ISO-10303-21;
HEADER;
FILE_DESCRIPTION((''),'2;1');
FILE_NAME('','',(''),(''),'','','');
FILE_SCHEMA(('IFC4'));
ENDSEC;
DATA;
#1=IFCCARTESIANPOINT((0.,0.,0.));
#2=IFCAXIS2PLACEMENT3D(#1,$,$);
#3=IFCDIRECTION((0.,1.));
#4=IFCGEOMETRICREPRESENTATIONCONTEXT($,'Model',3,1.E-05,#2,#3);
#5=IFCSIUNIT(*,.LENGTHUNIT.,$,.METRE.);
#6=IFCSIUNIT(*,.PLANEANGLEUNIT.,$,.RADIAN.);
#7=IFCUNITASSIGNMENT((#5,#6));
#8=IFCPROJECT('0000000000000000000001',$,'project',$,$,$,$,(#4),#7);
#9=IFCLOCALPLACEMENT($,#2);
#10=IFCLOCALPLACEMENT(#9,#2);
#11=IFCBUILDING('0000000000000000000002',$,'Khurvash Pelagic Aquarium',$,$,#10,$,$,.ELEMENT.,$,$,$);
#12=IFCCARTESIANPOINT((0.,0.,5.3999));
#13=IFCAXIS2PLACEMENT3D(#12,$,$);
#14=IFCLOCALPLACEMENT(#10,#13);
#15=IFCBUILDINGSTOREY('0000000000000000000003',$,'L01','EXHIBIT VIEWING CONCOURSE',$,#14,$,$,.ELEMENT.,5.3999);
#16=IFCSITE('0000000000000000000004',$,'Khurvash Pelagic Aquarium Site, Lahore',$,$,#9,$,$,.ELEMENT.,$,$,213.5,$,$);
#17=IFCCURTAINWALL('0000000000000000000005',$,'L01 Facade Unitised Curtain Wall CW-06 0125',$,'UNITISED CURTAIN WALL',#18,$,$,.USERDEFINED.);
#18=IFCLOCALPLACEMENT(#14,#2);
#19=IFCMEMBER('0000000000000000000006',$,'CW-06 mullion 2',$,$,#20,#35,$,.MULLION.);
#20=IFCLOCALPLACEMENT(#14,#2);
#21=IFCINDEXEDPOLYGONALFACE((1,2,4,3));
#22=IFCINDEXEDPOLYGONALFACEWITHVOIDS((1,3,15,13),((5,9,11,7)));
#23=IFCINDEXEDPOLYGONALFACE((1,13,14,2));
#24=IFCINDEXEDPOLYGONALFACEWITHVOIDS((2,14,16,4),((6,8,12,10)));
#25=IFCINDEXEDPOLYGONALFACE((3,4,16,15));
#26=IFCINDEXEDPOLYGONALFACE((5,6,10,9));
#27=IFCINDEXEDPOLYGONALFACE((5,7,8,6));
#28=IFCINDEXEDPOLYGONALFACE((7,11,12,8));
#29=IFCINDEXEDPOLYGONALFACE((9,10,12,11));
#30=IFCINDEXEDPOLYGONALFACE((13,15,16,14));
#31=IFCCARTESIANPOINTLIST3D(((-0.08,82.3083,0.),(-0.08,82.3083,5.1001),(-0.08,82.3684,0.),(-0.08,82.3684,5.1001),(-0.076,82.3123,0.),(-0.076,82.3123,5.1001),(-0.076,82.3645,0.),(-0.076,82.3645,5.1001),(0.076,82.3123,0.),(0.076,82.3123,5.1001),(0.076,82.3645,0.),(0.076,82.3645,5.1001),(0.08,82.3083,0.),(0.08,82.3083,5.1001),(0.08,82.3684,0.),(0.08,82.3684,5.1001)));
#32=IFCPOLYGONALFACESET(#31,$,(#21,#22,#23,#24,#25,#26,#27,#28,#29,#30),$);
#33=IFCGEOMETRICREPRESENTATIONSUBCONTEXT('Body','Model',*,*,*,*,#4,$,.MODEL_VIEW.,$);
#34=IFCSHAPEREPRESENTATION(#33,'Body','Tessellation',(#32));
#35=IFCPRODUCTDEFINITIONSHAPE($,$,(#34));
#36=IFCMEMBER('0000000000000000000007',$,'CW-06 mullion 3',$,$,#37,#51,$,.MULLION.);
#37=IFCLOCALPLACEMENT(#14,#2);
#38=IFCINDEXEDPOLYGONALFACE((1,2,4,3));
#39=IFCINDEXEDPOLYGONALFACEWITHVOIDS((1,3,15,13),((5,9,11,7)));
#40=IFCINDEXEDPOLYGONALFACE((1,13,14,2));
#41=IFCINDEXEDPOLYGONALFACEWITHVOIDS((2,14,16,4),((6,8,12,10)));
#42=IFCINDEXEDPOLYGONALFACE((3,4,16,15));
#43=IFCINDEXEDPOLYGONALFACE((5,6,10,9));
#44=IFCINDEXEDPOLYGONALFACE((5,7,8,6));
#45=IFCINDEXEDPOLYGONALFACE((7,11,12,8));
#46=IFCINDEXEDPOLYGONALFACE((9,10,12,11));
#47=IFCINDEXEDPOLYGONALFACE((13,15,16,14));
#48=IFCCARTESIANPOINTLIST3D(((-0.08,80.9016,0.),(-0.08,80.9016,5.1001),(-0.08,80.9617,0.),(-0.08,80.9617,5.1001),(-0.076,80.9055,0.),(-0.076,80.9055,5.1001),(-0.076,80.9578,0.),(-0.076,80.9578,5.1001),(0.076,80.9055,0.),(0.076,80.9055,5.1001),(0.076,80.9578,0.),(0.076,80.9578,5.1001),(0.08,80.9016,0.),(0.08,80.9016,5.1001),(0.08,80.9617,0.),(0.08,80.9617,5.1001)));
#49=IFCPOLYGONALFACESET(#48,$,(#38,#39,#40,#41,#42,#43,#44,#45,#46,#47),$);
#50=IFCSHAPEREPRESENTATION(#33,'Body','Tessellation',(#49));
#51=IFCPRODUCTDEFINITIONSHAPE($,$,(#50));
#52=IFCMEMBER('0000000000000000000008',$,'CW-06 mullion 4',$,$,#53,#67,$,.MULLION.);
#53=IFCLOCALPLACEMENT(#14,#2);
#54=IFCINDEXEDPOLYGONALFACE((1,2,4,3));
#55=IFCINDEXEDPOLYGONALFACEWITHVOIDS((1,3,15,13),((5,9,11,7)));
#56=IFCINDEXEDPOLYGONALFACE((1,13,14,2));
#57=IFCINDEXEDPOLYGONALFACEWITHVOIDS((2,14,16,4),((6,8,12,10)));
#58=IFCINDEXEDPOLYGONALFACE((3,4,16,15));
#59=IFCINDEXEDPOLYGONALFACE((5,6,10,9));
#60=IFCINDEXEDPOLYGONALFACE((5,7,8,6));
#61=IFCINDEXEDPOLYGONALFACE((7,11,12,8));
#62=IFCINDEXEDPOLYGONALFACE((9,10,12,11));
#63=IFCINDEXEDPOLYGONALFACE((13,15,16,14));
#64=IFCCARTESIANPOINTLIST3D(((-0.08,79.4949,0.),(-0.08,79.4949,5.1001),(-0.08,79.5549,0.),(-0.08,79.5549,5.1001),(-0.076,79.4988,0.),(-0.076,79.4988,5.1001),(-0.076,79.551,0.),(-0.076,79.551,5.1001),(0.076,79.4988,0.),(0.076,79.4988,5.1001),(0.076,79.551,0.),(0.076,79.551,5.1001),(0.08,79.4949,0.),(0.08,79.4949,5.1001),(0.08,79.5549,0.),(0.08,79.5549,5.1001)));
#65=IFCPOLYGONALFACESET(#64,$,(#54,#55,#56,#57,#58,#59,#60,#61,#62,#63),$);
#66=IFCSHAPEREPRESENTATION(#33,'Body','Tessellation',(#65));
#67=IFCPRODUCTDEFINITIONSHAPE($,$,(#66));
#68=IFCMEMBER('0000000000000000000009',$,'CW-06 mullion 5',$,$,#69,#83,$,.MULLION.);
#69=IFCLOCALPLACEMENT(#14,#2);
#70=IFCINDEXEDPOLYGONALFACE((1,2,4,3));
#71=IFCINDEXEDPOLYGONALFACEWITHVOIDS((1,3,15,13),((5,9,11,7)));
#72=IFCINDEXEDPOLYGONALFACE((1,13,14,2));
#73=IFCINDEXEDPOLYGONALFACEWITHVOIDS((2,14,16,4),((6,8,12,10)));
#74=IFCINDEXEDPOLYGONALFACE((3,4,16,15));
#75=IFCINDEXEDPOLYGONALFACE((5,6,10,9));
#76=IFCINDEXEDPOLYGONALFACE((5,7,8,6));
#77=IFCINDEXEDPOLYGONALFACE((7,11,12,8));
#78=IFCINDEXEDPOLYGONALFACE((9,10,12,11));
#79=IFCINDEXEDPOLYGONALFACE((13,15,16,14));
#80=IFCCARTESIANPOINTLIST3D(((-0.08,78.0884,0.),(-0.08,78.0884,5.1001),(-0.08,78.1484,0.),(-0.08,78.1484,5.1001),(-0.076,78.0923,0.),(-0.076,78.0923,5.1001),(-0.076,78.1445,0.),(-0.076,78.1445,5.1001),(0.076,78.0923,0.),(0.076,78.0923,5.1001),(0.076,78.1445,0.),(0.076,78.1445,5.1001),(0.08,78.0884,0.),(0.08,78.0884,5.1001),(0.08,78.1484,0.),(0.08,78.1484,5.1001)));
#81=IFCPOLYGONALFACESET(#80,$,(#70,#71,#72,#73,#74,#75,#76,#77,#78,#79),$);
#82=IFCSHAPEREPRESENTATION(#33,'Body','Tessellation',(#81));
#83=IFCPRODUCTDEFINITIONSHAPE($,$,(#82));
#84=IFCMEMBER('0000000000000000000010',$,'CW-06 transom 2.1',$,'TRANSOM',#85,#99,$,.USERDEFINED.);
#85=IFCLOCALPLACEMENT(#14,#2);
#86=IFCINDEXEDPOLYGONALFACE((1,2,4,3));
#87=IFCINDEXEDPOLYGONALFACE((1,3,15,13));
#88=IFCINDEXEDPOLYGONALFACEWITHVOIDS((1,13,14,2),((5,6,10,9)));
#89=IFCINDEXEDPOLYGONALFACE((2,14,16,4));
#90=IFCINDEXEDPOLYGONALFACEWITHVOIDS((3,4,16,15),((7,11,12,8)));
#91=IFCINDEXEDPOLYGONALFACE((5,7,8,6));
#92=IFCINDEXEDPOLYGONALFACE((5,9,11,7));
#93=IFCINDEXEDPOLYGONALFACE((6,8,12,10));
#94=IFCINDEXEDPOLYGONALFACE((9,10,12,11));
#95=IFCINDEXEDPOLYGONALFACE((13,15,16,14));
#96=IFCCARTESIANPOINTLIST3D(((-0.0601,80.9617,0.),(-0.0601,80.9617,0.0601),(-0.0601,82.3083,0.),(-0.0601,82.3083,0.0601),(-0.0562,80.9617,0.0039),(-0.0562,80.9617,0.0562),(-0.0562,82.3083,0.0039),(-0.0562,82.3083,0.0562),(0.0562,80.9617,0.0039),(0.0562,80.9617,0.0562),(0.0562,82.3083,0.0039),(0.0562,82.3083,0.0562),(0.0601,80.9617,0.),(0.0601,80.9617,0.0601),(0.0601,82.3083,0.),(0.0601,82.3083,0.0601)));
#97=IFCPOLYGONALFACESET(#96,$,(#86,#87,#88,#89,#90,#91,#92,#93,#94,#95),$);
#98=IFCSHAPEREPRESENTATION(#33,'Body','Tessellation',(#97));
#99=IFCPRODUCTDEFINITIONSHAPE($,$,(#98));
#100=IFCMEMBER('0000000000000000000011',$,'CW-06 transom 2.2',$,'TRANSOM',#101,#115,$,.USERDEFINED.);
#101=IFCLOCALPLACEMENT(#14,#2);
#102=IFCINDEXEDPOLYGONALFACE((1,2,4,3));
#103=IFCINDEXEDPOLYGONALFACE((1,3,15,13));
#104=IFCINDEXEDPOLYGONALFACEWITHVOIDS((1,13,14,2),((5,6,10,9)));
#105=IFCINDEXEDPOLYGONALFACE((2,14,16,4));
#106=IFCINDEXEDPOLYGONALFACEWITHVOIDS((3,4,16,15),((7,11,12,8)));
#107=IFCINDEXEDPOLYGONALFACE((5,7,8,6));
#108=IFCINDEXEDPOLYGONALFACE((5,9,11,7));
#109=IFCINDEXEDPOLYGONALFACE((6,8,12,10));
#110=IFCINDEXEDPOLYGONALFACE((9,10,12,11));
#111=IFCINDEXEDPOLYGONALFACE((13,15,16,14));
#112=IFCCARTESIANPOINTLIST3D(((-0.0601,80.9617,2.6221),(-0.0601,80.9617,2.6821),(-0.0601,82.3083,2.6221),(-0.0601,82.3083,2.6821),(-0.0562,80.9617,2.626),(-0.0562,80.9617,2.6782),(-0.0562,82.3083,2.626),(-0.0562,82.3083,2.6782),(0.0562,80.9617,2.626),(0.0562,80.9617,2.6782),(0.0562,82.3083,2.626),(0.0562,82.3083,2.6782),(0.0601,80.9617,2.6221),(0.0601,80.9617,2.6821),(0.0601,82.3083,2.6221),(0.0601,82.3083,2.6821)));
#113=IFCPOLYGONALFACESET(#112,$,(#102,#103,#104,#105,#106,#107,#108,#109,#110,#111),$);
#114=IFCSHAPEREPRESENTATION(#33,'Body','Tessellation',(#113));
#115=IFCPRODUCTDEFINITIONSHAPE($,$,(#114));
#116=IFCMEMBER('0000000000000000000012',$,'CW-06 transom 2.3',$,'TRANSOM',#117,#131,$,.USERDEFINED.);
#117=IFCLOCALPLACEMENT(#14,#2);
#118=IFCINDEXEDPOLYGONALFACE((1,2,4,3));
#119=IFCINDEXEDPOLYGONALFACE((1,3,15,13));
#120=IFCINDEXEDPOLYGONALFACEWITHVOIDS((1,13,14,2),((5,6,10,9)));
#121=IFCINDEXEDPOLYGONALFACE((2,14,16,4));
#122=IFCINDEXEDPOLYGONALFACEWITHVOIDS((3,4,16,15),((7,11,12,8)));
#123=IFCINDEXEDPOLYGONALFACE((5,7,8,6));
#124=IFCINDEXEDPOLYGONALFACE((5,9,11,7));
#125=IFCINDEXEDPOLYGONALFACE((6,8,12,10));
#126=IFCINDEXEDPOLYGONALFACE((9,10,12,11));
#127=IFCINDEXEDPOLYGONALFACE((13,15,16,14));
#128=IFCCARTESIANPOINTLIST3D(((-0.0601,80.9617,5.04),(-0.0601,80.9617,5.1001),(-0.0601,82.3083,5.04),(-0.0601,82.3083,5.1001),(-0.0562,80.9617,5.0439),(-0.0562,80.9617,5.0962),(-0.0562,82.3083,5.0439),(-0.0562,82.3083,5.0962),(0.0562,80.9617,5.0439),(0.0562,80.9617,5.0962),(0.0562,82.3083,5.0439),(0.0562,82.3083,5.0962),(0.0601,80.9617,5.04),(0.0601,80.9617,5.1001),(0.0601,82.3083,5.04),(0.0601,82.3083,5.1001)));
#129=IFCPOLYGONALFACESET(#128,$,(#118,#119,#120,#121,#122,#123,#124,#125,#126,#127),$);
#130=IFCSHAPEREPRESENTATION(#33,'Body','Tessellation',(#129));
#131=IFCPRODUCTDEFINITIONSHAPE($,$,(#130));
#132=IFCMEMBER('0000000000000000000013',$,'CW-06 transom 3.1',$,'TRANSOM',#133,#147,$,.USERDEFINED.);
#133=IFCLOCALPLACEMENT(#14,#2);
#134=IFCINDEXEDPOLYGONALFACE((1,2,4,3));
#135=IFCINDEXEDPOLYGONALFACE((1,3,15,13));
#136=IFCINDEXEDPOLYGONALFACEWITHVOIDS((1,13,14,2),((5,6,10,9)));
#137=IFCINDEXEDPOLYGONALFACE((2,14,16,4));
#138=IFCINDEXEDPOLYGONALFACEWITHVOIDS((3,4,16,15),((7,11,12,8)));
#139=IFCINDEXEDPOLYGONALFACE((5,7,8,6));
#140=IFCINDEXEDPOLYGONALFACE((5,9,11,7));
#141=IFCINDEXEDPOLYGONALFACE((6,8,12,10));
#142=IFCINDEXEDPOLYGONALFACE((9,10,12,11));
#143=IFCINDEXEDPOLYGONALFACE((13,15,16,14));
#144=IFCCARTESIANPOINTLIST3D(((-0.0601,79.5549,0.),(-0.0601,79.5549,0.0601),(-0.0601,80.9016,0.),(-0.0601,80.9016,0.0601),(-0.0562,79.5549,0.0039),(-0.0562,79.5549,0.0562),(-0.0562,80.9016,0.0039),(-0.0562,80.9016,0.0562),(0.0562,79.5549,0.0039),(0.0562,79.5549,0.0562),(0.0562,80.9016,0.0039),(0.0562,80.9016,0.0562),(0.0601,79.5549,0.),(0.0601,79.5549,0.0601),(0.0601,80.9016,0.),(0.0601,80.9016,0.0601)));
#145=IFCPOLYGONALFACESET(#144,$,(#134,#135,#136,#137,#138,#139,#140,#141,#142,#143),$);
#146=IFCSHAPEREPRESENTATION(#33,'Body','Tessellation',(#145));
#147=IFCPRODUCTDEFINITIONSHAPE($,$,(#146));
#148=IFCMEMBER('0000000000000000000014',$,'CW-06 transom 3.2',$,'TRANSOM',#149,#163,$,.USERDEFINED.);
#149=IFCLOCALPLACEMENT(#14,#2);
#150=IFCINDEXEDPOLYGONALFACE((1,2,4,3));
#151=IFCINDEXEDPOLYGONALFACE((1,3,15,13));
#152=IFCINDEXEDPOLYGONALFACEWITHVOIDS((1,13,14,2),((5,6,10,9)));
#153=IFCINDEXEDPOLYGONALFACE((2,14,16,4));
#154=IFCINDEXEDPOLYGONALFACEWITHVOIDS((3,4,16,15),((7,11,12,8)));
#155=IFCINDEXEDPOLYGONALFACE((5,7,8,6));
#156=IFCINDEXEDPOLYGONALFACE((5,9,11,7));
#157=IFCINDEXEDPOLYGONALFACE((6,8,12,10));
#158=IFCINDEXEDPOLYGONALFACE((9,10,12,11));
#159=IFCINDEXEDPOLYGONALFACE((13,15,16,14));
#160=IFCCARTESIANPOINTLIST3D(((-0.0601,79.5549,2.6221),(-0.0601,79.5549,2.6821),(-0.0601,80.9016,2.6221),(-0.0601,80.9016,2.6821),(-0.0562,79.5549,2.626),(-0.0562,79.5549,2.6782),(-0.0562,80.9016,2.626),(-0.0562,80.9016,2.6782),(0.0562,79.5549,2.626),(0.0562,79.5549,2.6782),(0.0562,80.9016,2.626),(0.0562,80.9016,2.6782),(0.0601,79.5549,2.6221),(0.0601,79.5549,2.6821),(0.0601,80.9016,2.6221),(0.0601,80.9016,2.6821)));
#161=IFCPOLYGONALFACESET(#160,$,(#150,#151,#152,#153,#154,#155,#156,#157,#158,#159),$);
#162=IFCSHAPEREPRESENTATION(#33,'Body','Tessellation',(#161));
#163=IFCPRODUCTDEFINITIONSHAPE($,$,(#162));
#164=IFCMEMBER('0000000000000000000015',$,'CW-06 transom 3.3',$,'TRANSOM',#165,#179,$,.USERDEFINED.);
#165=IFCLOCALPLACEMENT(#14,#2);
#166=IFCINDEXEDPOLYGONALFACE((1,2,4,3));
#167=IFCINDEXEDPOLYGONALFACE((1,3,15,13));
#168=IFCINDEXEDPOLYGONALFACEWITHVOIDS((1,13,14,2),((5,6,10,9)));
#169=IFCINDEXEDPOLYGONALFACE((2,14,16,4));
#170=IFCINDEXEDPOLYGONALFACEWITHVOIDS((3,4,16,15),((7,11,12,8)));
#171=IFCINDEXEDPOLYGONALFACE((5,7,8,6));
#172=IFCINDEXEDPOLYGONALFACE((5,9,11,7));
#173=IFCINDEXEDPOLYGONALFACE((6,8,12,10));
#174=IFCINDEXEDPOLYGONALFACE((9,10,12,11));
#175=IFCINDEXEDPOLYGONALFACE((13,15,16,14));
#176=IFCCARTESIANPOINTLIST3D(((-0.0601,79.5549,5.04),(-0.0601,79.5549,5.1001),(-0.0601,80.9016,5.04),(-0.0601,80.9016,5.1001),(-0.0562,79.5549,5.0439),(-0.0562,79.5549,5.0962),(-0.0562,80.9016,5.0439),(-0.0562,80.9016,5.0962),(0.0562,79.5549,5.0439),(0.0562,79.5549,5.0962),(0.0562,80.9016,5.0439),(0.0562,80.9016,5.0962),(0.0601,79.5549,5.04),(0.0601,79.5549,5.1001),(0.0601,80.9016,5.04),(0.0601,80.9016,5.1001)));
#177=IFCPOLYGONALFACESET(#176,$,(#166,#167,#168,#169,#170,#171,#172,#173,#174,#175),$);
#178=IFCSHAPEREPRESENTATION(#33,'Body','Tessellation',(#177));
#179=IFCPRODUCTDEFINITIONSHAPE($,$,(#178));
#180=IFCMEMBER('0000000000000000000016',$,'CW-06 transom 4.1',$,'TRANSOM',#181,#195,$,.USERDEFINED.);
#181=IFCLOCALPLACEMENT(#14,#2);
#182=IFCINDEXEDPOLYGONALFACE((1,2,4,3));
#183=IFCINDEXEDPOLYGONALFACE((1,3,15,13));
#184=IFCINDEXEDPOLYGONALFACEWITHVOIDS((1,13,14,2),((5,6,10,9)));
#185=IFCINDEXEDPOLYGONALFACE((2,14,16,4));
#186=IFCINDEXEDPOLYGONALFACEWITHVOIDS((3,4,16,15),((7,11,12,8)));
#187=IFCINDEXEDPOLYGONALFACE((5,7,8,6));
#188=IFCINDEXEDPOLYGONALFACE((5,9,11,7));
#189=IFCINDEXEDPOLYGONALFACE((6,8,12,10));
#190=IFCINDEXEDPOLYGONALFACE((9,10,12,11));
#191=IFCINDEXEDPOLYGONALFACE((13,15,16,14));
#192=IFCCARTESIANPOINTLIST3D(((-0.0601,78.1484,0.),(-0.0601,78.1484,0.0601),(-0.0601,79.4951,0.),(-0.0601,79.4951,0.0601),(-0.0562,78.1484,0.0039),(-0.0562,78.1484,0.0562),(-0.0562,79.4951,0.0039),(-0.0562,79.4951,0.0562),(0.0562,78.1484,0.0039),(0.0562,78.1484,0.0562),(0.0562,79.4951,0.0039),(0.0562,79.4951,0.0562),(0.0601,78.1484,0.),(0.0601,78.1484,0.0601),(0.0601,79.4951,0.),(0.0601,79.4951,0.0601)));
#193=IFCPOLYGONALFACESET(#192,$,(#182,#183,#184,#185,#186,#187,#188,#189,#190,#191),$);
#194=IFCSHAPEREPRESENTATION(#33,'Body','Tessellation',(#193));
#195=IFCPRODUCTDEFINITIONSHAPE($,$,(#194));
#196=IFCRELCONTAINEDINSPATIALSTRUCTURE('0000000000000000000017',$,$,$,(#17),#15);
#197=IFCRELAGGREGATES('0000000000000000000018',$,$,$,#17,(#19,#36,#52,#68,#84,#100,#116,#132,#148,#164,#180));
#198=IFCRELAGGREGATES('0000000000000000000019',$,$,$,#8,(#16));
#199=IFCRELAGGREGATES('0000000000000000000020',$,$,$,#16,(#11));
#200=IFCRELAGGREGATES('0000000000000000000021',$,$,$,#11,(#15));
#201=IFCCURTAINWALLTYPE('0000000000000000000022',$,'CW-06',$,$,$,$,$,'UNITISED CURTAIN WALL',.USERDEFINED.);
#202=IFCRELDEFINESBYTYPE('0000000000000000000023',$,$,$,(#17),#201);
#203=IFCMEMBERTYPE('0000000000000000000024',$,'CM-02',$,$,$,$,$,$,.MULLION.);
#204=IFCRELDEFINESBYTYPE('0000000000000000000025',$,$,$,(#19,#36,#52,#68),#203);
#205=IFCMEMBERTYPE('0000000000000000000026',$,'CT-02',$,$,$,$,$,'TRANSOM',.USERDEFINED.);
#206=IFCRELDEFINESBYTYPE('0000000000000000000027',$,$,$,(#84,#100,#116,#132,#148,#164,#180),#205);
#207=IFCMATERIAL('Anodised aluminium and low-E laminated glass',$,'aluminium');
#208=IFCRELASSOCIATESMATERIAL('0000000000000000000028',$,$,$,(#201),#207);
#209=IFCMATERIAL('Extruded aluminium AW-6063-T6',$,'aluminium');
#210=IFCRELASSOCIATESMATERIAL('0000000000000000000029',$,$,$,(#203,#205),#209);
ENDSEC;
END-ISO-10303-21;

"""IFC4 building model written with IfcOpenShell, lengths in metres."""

from ifc_helpers import new_model, si_unit, direction, frame, origin, origin_2d, place, context, subcontext, project, spatial, hollow_rectangle, extrude, material, material_profile, profile_set, type_object, element, aggregate, save


model = new_model("IFC4")

# Units and contexts
model_context = context("Model", 3, precision=1e-05, world=origin(), true_north=direction((0.0, 1.0)))
body_context = subcontext(model_context, "Body", "Model", "MODEL_VIEW")
ifc_project = project(units=[si_unit("LENGTHUNIT", "METRE"), si_unit("PLANEANGLEUNIT", "RADIAN")], contexts=[model_context])

# Site, building, storey
site_placement = place(None, origin())
site = spatial("IfcSite", under=ifc_project, at=site_placement, Name="Khurvash Pelagic Aquarium Site, Lahore", CompositionType="ELEMENT", RefElevation=213.5)
building_placement = place(site_placement, origin())
building = spatial("IfcBuilding", under=site, at=building_placement, Name="Khurvash Pelagic Aquarium", CompositionType="ELEMENT")
storey_placement = place(building_placement, frame((0.0, 0.0, 5.3999)))
storey = spatial("IfcBuildingStorey", under=building, at=storey_placement, Name="L01", Description="EXHIBIT VIEWING CONCOURSE", CompositionType="ELEMENT", Elevation=5.3999)

# Curtain wall, members
ifc_material_1 = material(Name="Anodised aluminium and low-E laminated glass", Category="aluminium")
curtain_wall_type = type_object("IfcCurtainWallType", Name="CW-06", ElementType="UNITISED CURTAIN WALL", PredefinedType="USERDEFINED", material=ifc_material_1)
curtain_wall_placement = place(storey_placement, origin())
curtain_wall = element("IfcCurtainWall", 1, at=curtain_wall_placement, inside=storey, type_object=curtain_wall_type, Name="L01 Facade Unitised Curtain Wall CW-06 0125", ObjectType="UNITISED CURTAIN WALL", PredefinedType="USERDEFINED")
ifc_material_2 = material(Name="Extruded aluminium AW-6063-T6", Category="aluminium")
ifc_material_profile_1 = material_profile(ifc_material_2, hollow_rectangle(XDim=0.0601, YDim=0.1599, WallThickness=0.0039, at=origin_2d()), Name="CWM60X160X4")
ifc_profile_set_1 = profile_set([ifc_material_profile_1], Name="Extruded aluminium AW-6063-T6")
member_type_1 = type_object("IfcMemberType", Name="CM-02", PredefinedType="MULLION", material=ifc_profile_set_1)
member_1_placement = place(storey_placement, frame((0.0, 82.3384, 0.0), z_axis=(0.0, 0.0, 1.0), x_axis=(0.0, -1.0, 0.0)))
member_1 = element("IfcMember", 2, at=member_1_placement, type_object=member_type_1, Name="CW-06 mullion 2", PredefinedType="MULLION", context=body_context, shape_type="SweptSolid", body=[
    extrude(hollow_rectangle(XDim=0.0601, YDim=0.1599, WallThickness=0.0039, at=origin_2d()), origin(), (0.0, 0.0, 1.0), 5.1001),
])
member_2_placement = place(storey_placement, frame((0.0, 80.9316, 0.0), z_axis=(0.0, 0.0, 1.0), x_axis=(0.0, -1.0, 0.0)))
member_2 = element("IfcMember", 3, at=member_2_placement, type_object=member_type_1, Name="CW-06 mullion 3", PredefinedType="MULLION", context=body_context, shape_type="SweptSolid", body=[
    extrude(hollow_rectangle(XDim=0.0601, YDim=0.1599, WallThickness=0.0039, at=origin_2d()), origin(), (0.0, 0.0, 1.0), 5.1001),
])
member_3_placement = place(storey_placement, frame((0.0, 79.5249, 0.0), z_axis=(0.0, 0.0, 1.0), x_axis=(0.0, -1.0, 0.0)))
member_3 = element("IfcMember", 4, at=member_3_placement, type_object=member_type_1, Name="CW-06 mullion 4", PredefinedType="MULLION", context=body_context, shape_type="SweptSolid", body=[
    extrude(hollow_rectangle(XDim=0.0601, YDim=0.1599, WallThickness=0.0039, at=origin_2d()), origin(), (0.0, 0.0, 1.0), 5.1001),
])
member_4_placement = place(storey_placement, frame((0.0, 78.1184, 0.0), z_axis=(0.0, 0.0, 1.0), x_axis=(0.0, -1.0, 0.0)))
member_4 = element("IfcMember", 5, at=member_4_placement, type_object=member_type_1, Name="CW-06 mullion 5", PredefinedType="MULLION", context=body_context, shape_type="SweptSolid", body=[
    extrude(hollow_rectangle(XDim=0.0601, YDim=0.1599, WallThickness=0.0039, at=origin_2d()), origin(), (0.0, 0.0, 1.0), 5.1001),
])
ifc_material_profile_2 = material_profile(ifc_material_2, hollow_rectangle(XDim=0.1201, YDim=0.0601, WallThickness=0.0039, at=origin_2d()), Name="CWT120X60X4")
ifc_profile_set_2 = profile_set([ifc_material_profile_2], Name="Extruded aluminium AW-6063-T6")
member_type_2 = type_object("IfcMemberType", Name="CT-02", ElementType="TRANSOM", PredefinedType="USERDEFINED", material=ifc_profile_set_2)
member_5_placement = place(storey_placement, frame((0.0, 82.3083, 0.03), z_axis=(0.0, -1.0, 0.0), x_axis=(1.0, 0.0, 0.0)))
member_5 = element("IfcMember", 6, at=member_5_placement, type_object=member_type_2, Name="CW-06 transom 2.1", ObjectType="TRANSOM", PredefinedType="USERDEFINED", context=body_context, shape_type="SweptSolid", body=[
    extrude(hollow_rectangle(XDim=0.1201, YDim=0.0601, WallThickness=0.0039, at=origin_2d()), origin(), (0.0, 0.0, 1.0), 1.3467),
])
member_6_placement = place(storey_placement, frame((0.0, 82.3083, 2.6521), z_axis=(0.0, -1.0, 0.0), x_axis=(1.0, 0.0, 0.0)))
member_6 = element("IfcMember", 7, at=member_6_placement, type_object=member_type_2, Name="CW-06 transom 2.2", ObjectType="TRANSOM", PredefinedType="USERDEFINED", context=body_context, shape_type="SweptSolid", body=[
    extrude(hollow_rectangle(XDim=0.1201, YDim=0.0601, WallThickness=0.0039, at=origin_2d()), origin(), (0.0, 0.0, 1.0), 1.3467),
])
member_7_placement = place(storey_placement, frame((0.0, 82.3083, 5.0701), z_axis=(0.0, -1.0, 0.0), x_axis=(1.0, 0.0, 0.0)))
member_7 = element("IfcMember", 8, at=member_7_placement, type_object=member_type_2, Name="CW-06 transom 2.3", ObjectType="TRANSOM", PredefinedType="USERDEFINED", context=body_context, shape_type="SweptSolid", body=[
    extrude(hollow_rectangle(XDim=0.1201, YDim=0.0601, WallThickness=0.0039, at=origin_2d()), origin(), (0.0, 0.0, 1.0), 1.3467),
])
member_8_placement = place(storey_placement, frame((0.0, 80.9016, 0.03), z_axis=(0.0, -1.0, 0.0), x_axis=(1.0, 0.0, 0.0)))
member_8 = element("IfcMember", 9, at=member_8_placement, type_object=member_type_2, Name="CW-06 transom 3.1", ObjectType="TRANSOM", PredefinedType="USERDEFINED", context=body_context, shape_type="SweptSolid", body=[
    extrude(hollow_rectangle(XDim=0.1201, YDim=0.0601, WallThickness=0.0039, at=origin_2d()), origin(), (0.0, 0.0, 1.0), 1.3467),
])
member_9_placement = place(storey_placement, frame((0.0, 80.9016, 2.6521), z_axis=(0.0, -1.0, 0.0), x_axis=(1.0, 0.0, 0.0)))
member_9 = element("IfcMember", 10, at=member_9_placement, type_object=member_type_2, Name="CW-06 transom 3.2", ObjectType="TRANSOM", PredefinedType="USERDEFINED", context=body_context, shape_type="SweptSolid", body=[
    extrude(hollow_rectangle(XDim=0.1201, YDim=0.0601, WallThickness=0.0039, at=origin_2d()), origin(), (0.0, 0.0, 1.0), 1.3467),
])
member_10_placement = place(storey_placement, frame((0.0, 80.9016, 5.0701), z_axis=(0.0, -1.0, 0.0), x_axis=(1.0, 0.0, 0.0)))
member_10 = element("IfcMember", 11, at=member_10_placement, type_object=member_type_2, Name="CW-06 transom 3.3", ObjectType="TRANSOM", PredefinedType="USERDEFINED", context=body_context, shape_type="SweptSolid", body=[
    extrude(hollow_rectangle(XDim=0.1201, YDim=0.0601, WallThickness=0.0039, at=origin_2d()), origin(), (0.0, 0.0, 1.0), 1.3467),
])
member_11_placement = place(storey_placement, frame((0.0, 79.4951, 0.03), z_axis=(0.0, -1.0, 0.0), x_axis=(1.0, 0.0, 0.0)))
member_11 = element("IfcMember", 12, at=member_11_placement, type_object=member_type_2, Name="CW-06 transom 4.1", ObjectType="TRANSOM", PredefinedType="USERDEFINED", context=body_context, shape_type="SweptSolid", body=[
    extrude(hollow_rectangle(XDim=0.1201, YDim=0.0601, WallThickness=0.0039, at=origin_2d()), origin(), (0.0, 0.0, 1.0), 1.3467),
])
aggregate(curtain_wall, [member_1, member_2, member_3, member_4, member_5, member_6, member_7, member_8, member_9, member_10, member_11])

save(model, "model.ifc")
